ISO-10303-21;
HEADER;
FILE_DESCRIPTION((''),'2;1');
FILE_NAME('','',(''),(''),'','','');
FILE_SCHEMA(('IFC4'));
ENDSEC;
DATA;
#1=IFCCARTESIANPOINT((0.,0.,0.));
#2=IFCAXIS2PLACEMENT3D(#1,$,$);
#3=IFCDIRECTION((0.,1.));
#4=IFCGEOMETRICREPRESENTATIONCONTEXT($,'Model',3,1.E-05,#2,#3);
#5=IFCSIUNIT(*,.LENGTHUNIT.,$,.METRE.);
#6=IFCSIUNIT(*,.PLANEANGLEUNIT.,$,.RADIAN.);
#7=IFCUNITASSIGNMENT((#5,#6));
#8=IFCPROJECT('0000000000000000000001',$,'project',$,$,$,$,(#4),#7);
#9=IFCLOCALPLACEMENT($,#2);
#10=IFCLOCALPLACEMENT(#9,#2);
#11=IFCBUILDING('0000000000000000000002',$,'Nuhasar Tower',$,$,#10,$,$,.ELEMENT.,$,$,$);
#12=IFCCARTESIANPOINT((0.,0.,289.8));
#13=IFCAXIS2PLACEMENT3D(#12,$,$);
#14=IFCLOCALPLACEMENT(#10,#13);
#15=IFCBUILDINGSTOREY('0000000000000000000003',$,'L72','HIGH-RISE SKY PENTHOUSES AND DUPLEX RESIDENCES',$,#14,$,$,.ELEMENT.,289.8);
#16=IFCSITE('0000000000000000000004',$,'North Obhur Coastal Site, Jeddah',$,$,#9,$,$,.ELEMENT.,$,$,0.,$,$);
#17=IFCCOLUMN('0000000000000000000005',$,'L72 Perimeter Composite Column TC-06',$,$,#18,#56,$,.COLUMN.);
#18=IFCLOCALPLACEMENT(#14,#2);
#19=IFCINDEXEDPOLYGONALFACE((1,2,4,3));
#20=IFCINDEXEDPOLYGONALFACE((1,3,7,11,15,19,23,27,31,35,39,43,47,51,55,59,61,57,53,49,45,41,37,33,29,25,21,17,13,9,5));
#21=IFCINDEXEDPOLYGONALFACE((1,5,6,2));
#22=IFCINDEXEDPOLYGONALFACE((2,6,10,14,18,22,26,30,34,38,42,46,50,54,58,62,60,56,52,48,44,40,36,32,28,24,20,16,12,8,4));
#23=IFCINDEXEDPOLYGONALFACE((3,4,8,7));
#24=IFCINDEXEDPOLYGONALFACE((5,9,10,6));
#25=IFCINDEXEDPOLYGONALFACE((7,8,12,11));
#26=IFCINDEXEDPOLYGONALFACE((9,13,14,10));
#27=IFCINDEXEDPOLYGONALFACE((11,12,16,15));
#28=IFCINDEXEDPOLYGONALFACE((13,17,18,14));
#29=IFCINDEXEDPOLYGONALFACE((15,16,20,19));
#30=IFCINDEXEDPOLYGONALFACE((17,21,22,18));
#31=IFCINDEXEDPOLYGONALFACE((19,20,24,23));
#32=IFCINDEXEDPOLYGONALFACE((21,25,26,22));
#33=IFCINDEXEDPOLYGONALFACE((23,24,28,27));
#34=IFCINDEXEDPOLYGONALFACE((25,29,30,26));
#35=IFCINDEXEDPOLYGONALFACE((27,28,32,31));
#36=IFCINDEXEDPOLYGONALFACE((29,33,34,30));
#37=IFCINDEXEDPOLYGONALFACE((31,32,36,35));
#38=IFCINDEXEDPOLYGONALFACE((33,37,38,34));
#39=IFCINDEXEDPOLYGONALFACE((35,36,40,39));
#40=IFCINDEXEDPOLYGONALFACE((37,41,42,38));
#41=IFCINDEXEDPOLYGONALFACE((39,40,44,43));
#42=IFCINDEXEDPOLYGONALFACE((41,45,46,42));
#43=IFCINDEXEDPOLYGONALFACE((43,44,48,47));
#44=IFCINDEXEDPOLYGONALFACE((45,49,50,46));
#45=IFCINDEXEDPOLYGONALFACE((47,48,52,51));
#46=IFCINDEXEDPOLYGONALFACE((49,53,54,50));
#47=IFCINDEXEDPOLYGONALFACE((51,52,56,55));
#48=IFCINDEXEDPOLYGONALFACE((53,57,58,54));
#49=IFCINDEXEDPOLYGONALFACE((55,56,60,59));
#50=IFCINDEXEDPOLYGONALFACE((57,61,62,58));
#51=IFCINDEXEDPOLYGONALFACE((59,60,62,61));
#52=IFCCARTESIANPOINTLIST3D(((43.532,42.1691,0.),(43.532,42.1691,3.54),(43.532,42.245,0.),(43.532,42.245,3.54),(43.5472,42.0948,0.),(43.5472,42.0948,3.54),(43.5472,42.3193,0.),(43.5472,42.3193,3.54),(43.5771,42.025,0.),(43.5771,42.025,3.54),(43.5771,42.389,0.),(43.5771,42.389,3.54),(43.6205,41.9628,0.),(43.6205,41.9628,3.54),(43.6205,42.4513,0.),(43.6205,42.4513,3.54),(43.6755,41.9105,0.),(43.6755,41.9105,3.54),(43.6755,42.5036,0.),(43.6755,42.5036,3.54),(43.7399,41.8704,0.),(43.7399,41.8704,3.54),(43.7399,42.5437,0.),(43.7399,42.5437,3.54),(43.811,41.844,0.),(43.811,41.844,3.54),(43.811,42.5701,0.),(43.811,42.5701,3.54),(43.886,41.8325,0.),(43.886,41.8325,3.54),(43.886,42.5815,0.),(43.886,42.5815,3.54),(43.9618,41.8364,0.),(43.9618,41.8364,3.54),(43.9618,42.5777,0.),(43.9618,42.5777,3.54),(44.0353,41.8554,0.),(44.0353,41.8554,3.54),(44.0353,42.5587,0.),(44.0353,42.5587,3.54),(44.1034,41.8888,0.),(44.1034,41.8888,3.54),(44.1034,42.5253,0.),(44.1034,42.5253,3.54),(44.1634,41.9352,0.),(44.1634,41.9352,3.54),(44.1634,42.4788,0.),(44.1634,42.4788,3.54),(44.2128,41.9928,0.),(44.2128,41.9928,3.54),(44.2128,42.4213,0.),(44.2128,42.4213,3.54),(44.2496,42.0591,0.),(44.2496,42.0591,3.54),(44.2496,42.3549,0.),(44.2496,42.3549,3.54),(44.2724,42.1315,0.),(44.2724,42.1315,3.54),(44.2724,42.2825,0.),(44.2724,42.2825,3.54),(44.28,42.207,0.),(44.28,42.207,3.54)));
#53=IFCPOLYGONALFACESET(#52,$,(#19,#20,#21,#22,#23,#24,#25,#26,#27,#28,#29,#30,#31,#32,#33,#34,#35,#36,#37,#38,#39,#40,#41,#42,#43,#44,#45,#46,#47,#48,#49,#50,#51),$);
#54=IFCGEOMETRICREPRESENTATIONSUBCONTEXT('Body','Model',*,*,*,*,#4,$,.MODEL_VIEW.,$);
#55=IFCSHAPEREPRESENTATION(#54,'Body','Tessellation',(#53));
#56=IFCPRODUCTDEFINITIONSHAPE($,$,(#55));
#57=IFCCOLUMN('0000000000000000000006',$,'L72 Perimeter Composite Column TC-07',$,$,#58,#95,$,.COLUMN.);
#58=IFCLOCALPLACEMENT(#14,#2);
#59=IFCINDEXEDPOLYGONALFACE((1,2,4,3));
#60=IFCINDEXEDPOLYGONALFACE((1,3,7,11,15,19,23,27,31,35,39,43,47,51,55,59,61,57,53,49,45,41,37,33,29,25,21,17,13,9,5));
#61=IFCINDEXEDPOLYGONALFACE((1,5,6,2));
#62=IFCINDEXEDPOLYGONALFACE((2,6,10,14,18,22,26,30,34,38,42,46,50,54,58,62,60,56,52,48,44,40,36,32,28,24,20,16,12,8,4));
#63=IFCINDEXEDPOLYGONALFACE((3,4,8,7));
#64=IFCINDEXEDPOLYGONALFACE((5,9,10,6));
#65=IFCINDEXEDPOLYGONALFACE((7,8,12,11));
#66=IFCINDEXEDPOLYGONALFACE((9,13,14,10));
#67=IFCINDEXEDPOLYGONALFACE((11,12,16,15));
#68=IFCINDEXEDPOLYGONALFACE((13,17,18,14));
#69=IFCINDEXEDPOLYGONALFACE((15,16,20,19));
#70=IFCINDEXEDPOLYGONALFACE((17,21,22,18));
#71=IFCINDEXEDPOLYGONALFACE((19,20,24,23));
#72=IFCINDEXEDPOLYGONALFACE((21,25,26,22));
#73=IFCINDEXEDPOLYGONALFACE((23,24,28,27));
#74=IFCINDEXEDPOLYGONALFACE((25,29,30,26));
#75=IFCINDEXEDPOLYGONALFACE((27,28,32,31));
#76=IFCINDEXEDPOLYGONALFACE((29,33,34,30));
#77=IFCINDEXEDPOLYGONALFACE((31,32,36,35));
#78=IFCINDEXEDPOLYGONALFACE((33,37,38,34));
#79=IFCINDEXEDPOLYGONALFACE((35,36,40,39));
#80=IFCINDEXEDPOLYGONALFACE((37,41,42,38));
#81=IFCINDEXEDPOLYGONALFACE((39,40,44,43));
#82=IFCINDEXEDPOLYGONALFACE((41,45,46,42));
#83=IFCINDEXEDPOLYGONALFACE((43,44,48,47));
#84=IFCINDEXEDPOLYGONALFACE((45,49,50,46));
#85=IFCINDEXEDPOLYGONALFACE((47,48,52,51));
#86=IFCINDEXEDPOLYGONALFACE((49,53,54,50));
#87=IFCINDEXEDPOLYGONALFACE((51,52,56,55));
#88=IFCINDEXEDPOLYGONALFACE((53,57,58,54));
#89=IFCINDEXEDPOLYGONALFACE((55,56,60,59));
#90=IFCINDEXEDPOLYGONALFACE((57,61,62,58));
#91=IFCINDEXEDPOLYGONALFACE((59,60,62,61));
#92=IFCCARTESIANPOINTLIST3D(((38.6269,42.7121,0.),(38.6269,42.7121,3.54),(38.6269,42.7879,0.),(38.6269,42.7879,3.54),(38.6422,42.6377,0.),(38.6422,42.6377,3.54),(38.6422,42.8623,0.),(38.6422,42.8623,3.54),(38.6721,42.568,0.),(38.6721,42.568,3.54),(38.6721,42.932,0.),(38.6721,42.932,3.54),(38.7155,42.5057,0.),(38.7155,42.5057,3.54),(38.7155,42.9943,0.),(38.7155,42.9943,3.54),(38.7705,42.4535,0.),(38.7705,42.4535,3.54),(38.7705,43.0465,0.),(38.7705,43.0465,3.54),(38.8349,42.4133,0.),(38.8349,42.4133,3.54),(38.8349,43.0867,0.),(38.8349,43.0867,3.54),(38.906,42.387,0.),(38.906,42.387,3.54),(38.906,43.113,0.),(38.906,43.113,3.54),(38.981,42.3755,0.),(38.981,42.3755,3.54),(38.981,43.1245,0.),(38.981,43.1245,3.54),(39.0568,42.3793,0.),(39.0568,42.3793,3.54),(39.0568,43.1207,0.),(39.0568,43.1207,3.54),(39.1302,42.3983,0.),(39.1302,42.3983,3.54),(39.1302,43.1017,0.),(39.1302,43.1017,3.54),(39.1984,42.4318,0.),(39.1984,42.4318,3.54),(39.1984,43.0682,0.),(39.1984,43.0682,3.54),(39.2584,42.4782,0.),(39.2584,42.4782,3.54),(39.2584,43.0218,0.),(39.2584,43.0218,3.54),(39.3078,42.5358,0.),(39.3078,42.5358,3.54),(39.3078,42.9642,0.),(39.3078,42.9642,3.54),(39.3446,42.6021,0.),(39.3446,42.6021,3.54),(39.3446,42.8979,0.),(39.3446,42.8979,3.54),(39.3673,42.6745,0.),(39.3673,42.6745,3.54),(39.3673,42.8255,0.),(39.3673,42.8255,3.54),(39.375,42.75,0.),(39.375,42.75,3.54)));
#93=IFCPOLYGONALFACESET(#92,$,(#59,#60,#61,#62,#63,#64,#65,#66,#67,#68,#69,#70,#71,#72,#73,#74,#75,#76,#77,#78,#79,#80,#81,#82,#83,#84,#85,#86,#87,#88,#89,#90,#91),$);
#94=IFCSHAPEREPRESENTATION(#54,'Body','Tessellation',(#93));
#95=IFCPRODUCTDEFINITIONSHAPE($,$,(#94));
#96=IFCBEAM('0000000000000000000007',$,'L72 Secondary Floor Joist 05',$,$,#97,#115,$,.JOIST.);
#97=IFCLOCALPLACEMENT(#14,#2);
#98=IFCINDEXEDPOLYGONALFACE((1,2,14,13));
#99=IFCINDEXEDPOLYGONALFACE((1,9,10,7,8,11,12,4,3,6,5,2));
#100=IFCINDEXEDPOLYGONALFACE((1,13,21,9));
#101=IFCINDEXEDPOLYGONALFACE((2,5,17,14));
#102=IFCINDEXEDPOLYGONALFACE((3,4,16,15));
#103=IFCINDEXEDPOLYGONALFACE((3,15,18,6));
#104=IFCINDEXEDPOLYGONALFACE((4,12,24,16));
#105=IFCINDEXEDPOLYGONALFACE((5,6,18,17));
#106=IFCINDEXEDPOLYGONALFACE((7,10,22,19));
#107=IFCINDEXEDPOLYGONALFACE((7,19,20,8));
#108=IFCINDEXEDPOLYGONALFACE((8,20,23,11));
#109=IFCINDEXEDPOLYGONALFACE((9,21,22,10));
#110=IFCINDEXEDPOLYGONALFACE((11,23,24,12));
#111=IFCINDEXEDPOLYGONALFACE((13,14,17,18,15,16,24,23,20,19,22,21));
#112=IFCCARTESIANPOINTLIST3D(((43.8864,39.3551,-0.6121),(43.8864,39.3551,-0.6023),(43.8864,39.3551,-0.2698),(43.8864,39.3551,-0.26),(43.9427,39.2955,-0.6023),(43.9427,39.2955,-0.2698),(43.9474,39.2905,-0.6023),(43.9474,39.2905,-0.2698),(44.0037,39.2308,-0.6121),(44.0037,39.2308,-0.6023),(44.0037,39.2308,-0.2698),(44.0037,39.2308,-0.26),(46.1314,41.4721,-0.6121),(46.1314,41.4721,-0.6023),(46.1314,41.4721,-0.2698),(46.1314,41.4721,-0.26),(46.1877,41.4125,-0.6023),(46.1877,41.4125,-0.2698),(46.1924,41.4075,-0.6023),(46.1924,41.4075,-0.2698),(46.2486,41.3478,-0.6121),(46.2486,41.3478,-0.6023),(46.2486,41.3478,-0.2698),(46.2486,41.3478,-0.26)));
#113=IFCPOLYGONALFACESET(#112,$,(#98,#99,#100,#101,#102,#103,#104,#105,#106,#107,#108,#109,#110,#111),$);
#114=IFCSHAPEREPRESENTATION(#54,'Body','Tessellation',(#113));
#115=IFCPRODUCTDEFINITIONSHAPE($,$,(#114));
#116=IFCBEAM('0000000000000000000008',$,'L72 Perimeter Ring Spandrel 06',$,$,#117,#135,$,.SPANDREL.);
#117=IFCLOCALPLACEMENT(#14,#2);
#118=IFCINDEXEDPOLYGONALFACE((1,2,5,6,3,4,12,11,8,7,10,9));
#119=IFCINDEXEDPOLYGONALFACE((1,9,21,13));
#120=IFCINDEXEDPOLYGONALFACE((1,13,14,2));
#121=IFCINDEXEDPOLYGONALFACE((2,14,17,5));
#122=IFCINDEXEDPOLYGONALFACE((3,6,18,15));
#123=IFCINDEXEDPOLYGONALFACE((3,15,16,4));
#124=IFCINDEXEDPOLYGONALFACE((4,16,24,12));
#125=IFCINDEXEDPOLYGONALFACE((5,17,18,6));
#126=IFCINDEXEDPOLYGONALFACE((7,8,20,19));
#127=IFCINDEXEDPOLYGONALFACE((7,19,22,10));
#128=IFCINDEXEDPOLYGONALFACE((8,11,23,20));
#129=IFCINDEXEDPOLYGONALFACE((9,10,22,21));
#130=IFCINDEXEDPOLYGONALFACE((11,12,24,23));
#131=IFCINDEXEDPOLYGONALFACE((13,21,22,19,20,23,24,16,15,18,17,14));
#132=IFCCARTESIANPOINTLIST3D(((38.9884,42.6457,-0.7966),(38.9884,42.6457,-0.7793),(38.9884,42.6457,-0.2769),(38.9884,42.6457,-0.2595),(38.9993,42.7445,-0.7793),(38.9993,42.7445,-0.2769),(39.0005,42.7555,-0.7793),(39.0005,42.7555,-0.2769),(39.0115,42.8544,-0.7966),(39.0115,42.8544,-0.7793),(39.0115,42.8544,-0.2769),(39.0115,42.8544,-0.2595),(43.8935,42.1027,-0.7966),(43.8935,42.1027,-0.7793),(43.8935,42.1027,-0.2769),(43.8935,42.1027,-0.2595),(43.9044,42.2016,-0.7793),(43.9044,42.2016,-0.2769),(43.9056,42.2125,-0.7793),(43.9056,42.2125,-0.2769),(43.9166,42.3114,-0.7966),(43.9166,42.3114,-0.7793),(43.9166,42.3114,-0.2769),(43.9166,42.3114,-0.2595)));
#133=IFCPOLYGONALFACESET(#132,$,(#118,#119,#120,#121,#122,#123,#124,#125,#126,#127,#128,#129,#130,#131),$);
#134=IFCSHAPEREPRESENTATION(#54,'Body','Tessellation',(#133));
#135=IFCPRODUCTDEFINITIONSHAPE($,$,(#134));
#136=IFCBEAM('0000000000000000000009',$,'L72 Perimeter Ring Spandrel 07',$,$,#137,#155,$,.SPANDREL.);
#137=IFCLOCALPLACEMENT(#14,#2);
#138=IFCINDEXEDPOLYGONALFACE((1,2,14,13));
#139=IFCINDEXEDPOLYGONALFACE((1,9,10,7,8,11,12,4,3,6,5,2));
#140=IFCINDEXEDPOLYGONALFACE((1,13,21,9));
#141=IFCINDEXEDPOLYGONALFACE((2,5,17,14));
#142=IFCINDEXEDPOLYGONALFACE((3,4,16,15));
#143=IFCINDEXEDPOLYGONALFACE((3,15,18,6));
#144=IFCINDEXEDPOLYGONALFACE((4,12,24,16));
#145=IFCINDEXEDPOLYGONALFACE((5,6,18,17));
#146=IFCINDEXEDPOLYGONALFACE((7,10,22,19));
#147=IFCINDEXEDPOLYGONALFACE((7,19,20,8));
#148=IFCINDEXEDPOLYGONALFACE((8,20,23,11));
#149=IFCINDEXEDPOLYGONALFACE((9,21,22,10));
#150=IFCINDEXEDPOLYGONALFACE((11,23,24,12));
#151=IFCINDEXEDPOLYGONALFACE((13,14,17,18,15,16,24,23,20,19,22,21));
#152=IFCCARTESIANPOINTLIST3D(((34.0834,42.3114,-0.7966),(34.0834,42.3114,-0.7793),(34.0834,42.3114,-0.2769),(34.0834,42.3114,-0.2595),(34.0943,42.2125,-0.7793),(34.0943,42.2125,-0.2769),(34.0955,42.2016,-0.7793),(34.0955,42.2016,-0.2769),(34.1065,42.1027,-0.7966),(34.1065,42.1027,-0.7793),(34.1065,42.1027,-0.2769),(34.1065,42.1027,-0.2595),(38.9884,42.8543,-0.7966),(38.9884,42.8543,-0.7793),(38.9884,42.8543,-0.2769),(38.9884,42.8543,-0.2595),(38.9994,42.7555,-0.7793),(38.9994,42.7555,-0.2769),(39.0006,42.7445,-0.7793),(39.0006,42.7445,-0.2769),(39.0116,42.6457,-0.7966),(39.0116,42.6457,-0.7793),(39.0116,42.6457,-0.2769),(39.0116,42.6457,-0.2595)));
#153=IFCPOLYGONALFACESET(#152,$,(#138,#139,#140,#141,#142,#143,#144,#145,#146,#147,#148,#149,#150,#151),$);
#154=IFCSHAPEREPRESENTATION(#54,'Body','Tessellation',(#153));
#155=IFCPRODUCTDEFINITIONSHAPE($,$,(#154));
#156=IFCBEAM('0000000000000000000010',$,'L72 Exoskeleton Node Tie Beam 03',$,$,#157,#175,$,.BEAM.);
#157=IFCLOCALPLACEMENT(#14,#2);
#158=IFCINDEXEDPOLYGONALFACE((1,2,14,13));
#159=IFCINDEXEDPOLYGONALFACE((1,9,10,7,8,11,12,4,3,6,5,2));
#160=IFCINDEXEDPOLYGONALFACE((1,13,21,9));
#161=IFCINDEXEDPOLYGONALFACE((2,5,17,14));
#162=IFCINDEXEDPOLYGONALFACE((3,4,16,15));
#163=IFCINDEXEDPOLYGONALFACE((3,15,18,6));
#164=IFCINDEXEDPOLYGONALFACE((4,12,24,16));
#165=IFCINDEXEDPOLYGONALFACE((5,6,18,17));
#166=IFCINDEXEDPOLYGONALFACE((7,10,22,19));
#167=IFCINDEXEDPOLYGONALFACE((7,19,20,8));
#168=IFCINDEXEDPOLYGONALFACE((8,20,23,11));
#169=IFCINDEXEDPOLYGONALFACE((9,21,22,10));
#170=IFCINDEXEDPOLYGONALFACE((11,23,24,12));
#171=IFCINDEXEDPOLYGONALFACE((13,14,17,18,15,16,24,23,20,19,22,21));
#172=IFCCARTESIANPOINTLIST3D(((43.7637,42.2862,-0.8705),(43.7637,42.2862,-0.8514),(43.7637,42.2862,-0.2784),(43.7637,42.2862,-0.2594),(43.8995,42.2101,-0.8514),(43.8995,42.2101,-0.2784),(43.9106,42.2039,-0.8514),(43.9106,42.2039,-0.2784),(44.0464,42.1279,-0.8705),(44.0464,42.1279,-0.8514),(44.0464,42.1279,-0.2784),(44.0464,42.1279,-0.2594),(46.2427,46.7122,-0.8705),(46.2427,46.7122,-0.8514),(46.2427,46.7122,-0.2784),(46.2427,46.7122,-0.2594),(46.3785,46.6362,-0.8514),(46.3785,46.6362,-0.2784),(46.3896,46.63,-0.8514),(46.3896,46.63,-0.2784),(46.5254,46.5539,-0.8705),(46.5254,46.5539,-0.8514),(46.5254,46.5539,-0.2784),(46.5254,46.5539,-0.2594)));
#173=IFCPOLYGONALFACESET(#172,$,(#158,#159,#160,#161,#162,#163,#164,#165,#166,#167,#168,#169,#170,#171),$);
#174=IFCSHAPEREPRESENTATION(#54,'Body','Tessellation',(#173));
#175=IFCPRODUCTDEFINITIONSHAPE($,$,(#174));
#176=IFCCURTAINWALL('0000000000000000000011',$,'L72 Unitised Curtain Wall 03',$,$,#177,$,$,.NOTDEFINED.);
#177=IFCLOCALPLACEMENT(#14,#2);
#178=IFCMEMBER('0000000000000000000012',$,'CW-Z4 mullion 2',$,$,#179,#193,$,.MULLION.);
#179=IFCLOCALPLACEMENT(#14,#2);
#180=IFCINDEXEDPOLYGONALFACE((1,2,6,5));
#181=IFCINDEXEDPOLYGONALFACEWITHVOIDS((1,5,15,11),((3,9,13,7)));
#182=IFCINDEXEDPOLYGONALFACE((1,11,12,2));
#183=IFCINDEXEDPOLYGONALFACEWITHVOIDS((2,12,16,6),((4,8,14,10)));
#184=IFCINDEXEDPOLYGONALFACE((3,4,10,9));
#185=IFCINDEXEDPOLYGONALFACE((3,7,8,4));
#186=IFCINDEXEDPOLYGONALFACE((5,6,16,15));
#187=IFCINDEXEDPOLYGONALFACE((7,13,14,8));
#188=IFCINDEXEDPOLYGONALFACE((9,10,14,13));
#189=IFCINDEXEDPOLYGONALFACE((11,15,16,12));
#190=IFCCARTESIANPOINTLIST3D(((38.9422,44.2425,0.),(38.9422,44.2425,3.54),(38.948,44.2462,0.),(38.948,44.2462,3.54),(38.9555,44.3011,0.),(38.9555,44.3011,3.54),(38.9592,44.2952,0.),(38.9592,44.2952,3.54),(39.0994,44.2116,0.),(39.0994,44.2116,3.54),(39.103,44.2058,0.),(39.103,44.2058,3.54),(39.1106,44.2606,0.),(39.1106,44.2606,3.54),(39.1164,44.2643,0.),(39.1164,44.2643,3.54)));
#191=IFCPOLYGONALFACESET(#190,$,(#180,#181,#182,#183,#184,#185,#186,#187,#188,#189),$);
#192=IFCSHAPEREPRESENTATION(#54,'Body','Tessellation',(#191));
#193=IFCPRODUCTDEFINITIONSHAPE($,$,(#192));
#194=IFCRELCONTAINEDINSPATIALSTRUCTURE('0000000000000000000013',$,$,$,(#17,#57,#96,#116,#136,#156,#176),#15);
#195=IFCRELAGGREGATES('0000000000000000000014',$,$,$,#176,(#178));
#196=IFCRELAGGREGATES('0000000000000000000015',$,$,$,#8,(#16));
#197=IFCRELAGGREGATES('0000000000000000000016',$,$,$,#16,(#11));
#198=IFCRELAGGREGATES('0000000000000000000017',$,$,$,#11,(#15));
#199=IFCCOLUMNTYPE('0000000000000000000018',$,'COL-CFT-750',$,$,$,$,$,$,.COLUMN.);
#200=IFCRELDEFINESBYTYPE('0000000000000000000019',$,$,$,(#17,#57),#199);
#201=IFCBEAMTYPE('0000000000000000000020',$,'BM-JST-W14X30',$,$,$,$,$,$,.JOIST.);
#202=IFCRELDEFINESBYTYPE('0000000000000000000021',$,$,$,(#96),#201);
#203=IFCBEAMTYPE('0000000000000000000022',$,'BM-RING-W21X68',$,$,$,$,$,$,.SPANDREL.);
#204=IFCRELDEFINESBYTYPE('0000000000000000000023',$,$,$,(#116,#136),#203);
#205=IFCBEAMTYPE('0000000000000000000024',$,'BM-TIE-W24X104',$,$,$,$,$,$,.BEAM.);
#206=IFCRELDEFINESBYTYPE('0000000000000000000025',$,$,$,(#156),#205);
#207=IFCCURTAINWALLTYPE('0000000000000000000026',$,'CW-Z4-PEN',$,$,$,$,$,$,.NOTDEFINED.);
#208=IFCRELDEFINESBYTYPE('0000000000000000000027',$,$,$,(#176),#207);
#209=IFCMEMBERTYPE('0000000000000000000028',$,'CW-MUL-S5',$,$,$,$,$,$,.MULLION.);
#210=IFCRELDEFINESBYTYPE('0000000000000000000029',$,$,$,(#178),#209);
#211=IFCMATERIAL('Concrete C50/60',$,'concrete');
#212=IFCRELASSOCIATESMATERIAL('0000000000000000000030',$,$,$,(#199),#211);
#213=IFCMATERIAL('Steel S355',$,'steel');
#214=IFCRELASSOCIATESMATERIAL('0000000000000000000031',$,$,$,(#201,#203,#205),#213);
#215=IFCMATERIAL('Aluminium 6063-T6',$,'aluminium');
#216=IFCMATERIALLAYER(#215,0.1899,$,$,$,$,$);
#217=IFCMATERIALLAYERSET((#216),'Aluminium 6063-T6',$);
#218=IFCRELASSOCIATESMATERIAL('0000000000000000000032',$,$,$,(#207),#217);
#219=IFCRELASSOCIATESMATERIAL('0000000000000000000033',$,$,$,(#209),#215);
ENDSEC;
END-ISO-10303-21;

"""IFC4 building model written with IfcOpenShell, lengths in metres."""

from ifc_helpers import new_model, si_unit, direction, frame, origin, origin_2d, place, context, subcontext, project, spatial, hollow_rectangle, circle, i_section, extrude, material, layer, layer_set, material_profile, profile_set, type_object, element, aggregate, save


model = new_model("IFC4")

# Units and contexts
model_context = context("Model", 3, precision=1e-05, world=origin(), true_north=direction((0.0, 1.0)))
body_context = subcontext(model_context, "Body", "Model", "MODEL_VIEW")
ifc_project = project(units=[si_unit("LENGTHUNIT", "METRE"), si_unit("PLANEANGLEUNIT", "RADIAN")], contexts=[model_context])

# Site, building, storey
site_placement = place(None, origin())
site = spatial("IfcSite", under=ifc_project, at=site_placement, Name="North Obhur Coastal Site, Jeddah", CompositionType="ELEMENT", RefElevation=0.0)
building_placement = place(site_placement, origin())
building = spatial("IfcBuilding", under=site, at=building_placement, Name="Nuhasar Tower", CompositionType="ELEMENT")
storey_placement = place(building_placement, frame((0.0, 0.0, 289.8)))
storey = spatial("IfcBuildingStorey", under=building, at=storey_placement, Name="L72", Description="HIGH-RISE SKY PENTHOUSES AND DUPLEX RESIDENCES", CompositionType="ELEMENT", Elevation=289.8)

# Columns
ifc_material_1 = material(Name="Concrete C50/60", Category="concrete")
ifc_material_profile_1 = material_profile(ifc_material_1, circle(Radius=0.375, at=origin_2d()), Name="CFT750")
ifc_profile_set_1 = profile_set([ifc_material_profile_1], Name="Concrete C50/60")
column_type = type_object("IfcColumnType", Name="COL-CFT-750", PredefinedType="COLUMN", material=ifc_profile_set_1)
for number, where, z_axis, x_axis, name in (
    (1, (43.905, 42.207, 0.0), (0.0, 0.0, 1.0), (1.0, 0.0, 0.0), "L72 Perimeter Composite Column TC-06"),
    (2, (39.0, 42.75, 0.0), (0.0, 0.0, 1.0), (1.0, 0.0, 0.0), "L72 Perimeter Composite Column TC-07"),
):
    element("IfcColumn", number, at=place(storey_placement, frame(where, z_axis=z_axis, x_axis=x_axis)), inside=storey, type_object=column_type, Name=name, PredefinedType="COLUMN", context=body_context, shape_type="SweptSolid", body=[
        extrude(circle(Radius=0.375, at=origin_2d()), origin(), (0.0, 0.0, 1.0), 3.54),
    ])

# Beams
ifc_material_2 = material(Name="Steel S355", Category="steel")
ifc_material_profile_2 = material_profile(ifc_material_2, i_section(OverallWidth=0.1709, OverallDepth=0.3521, WebThickness=0.0068, FlangeThickness=0.0098, at=origin_2d()), Name="W14X30")
ifc_profile_set_2 = profile_set([ifc_material_profile_2], Name="Steel S355")
beam_type_1 = type_object("IfcBeamType", Name="BM-JST-W14X30", PredefinedType="JOIST", material=ifc_profile_set_2)
beam_1_placement = place(storey_placement, frame((43.9451, 39.293, -0.436), z_axis=(0.727533, 0.686073, 0.0), x_axis=(-0.686073, 0.727533, 0.0)))
element("IfcBeam", 3, at=beam_1_placement, inside=storey, type_object=beam_type_1, Name="L72 Secondary Floor Joist 05", PredefinedType="JOIST", context=body_context, shape_type="SweptSolid", body=[
    extrude(i_section(OverallWidth=0.1709, OverallDepth=0.3521, WebThickness=0.0068, FlangeThickness=0.0098, at=origin_2d()), origin(), (0.0, 0.0, 1.0), 3.0857),
])
ifc_material_profile_3 = material_profile(ifc_material_2, i_section(OverallWidth=0.21, OverallDepth=0.5371, WebThickness=0.011, FlangeThickness=0.0173, at=origin_2d()), Name="W21X68")
ifc_profile_set_3 = profile_set([ifc_material_profile_3], Name="Steel S355")
beam_type_2 = type_object("IfcBeamType", Name="BM-RING-W21X68", PredefinedType="SPANDREL", material=ifc_profile_set_3)
for number, where, z_axis, x_axis, name in (
    (4, (43.905, 42.207, -0.5281), (-0.993929, 0.110024, 0.0), (-0.110024, -0.993929, 0.0), "L72 Perimeter Ring Spandrel 06"),
    (5, (39.0, 42.75, -0.5281), (-0.993929, -0.110024, 0.0), (0.110024, -0.993929, 0.0), "L72 Perimeter Ring Spandrel 07"),
):
    element("IfcBeam", number, at=place(storey_placement, frame(where, z_axis=z_axis, x_axis=x_axis)), inside=storey, type_object=beam_type_2, Name=name, PredefinedType="SPANDREL", context=body_context, shape_type="SweptSolid", body=[
        extrude(i_section(OverallWidth=0.21, OverallDepth=0.5371, WebThickness=0.011, FlangeThickness=0.0173, at=origin_2d()), origin(), (0.0, 0.0, 1.0), 4.9351),
    ])
ifc_material_profile_4 = material_profile(ifc_material_2, i_section(OverallWidth=0.324, OverallDepth=0.6111, WebThickness=0.0127, FlangeThickness=0.019, at=origin_2d()), Name="W24X104")
ifc_profile_set_4 = profile_set([ifc_material_profile_4], Name="Steel S355")
beam_type_3 = type_object("IfcBeamType", Name="BM-TIE-W24X104", PredefinedType="BEAM", material=ifc_profile_set_4)
beam_2_placement = place(storey_placement, frame((43.905, 42.207, -0.5649), z_axis=(0.488668, 0.87247, 0.0), x_axis=(-0.87247, 0.488668, 0.0)))
element("IfcBeam", 6, at=beam_2_placement, inside=storey, type_object=beam_type_3, Name="L72 Exoskeleton Node Tie Beam 03", PredefinedType="BEAM", context=body_context, shape_type="SweptSolid", body=[
    extrude(i_section(OverallWidth=0.324, OverallDepth=0.6111, WebThickness=0.0127, FlangeThickness=0.019, at=origin_2d()), origin(), (0.0, 0.0, 1.0), 5.073),
])

# Curtain wall, member
ifc_material_3 = material(Name="Aluminium 6063-T6", Category="aluminium")
ifc_layer_1 = layer(ifc_material_3, 0.1899)
ifc_layer_set_1 = layer_set([ifc_layer_1], Name="Aluminium 6063-T6")
curtain_wall_type = type_object("IfcCurtainWallType", Name="CW-Z4-PEN", PredefinedType="NOTDEFINED", material=ifc_layer_set_1)
curtain_wall_placement = place(storey_placement, origin())
curtain_wall = element("IfcCurtainWall", 7, at=curtain_wall_placement, inside=storey, type_object=curtain_wall_type, Name="L72 Unitised Curtain Wall 03", PredefinedType="NOTDEFINED")
ifc_material_profile_5 = material_profile(ifc_material_3, hollow_rectangle(XDim=0.0601, YDim=0.165, WallThickness=0.0049, at=origin_2d()), Name="CWM-5")
ifc_profile_set_5 = profile_set([ifc_material_profile_5], Name="Aluminium 6063-T6")
member_type_1 = type_object("IfcMemberType", Name="CW-MUL-S5", PredefinedType="MULLION", material=ifc_profile_set_5)
member_1_placement = place(storey_placement, frame((39.0293, 44.2534, 0.0), z_axis=(0.0, 0.0, 1.0), x_axis=(-0.222889, -0.974844, 0.0)))
member_1 = element("IfcMember", 8, at=member_1_placement, type_object=member_type_1, Name="CW-Z4 mullion 2", PredefinedType="MULLION", context=body_context, shape_type="SweptSolid", body=[
    extrude(hollow_rectangle(XDim=0.0601, YDim=0.165, WallThickness=0.0049, at=origin_2d()), origin(), (0.0, 0.0, 1.0), 3.54),
])

aggregate(curtain_wall, [member_1])

save(model, "model.ifc")
